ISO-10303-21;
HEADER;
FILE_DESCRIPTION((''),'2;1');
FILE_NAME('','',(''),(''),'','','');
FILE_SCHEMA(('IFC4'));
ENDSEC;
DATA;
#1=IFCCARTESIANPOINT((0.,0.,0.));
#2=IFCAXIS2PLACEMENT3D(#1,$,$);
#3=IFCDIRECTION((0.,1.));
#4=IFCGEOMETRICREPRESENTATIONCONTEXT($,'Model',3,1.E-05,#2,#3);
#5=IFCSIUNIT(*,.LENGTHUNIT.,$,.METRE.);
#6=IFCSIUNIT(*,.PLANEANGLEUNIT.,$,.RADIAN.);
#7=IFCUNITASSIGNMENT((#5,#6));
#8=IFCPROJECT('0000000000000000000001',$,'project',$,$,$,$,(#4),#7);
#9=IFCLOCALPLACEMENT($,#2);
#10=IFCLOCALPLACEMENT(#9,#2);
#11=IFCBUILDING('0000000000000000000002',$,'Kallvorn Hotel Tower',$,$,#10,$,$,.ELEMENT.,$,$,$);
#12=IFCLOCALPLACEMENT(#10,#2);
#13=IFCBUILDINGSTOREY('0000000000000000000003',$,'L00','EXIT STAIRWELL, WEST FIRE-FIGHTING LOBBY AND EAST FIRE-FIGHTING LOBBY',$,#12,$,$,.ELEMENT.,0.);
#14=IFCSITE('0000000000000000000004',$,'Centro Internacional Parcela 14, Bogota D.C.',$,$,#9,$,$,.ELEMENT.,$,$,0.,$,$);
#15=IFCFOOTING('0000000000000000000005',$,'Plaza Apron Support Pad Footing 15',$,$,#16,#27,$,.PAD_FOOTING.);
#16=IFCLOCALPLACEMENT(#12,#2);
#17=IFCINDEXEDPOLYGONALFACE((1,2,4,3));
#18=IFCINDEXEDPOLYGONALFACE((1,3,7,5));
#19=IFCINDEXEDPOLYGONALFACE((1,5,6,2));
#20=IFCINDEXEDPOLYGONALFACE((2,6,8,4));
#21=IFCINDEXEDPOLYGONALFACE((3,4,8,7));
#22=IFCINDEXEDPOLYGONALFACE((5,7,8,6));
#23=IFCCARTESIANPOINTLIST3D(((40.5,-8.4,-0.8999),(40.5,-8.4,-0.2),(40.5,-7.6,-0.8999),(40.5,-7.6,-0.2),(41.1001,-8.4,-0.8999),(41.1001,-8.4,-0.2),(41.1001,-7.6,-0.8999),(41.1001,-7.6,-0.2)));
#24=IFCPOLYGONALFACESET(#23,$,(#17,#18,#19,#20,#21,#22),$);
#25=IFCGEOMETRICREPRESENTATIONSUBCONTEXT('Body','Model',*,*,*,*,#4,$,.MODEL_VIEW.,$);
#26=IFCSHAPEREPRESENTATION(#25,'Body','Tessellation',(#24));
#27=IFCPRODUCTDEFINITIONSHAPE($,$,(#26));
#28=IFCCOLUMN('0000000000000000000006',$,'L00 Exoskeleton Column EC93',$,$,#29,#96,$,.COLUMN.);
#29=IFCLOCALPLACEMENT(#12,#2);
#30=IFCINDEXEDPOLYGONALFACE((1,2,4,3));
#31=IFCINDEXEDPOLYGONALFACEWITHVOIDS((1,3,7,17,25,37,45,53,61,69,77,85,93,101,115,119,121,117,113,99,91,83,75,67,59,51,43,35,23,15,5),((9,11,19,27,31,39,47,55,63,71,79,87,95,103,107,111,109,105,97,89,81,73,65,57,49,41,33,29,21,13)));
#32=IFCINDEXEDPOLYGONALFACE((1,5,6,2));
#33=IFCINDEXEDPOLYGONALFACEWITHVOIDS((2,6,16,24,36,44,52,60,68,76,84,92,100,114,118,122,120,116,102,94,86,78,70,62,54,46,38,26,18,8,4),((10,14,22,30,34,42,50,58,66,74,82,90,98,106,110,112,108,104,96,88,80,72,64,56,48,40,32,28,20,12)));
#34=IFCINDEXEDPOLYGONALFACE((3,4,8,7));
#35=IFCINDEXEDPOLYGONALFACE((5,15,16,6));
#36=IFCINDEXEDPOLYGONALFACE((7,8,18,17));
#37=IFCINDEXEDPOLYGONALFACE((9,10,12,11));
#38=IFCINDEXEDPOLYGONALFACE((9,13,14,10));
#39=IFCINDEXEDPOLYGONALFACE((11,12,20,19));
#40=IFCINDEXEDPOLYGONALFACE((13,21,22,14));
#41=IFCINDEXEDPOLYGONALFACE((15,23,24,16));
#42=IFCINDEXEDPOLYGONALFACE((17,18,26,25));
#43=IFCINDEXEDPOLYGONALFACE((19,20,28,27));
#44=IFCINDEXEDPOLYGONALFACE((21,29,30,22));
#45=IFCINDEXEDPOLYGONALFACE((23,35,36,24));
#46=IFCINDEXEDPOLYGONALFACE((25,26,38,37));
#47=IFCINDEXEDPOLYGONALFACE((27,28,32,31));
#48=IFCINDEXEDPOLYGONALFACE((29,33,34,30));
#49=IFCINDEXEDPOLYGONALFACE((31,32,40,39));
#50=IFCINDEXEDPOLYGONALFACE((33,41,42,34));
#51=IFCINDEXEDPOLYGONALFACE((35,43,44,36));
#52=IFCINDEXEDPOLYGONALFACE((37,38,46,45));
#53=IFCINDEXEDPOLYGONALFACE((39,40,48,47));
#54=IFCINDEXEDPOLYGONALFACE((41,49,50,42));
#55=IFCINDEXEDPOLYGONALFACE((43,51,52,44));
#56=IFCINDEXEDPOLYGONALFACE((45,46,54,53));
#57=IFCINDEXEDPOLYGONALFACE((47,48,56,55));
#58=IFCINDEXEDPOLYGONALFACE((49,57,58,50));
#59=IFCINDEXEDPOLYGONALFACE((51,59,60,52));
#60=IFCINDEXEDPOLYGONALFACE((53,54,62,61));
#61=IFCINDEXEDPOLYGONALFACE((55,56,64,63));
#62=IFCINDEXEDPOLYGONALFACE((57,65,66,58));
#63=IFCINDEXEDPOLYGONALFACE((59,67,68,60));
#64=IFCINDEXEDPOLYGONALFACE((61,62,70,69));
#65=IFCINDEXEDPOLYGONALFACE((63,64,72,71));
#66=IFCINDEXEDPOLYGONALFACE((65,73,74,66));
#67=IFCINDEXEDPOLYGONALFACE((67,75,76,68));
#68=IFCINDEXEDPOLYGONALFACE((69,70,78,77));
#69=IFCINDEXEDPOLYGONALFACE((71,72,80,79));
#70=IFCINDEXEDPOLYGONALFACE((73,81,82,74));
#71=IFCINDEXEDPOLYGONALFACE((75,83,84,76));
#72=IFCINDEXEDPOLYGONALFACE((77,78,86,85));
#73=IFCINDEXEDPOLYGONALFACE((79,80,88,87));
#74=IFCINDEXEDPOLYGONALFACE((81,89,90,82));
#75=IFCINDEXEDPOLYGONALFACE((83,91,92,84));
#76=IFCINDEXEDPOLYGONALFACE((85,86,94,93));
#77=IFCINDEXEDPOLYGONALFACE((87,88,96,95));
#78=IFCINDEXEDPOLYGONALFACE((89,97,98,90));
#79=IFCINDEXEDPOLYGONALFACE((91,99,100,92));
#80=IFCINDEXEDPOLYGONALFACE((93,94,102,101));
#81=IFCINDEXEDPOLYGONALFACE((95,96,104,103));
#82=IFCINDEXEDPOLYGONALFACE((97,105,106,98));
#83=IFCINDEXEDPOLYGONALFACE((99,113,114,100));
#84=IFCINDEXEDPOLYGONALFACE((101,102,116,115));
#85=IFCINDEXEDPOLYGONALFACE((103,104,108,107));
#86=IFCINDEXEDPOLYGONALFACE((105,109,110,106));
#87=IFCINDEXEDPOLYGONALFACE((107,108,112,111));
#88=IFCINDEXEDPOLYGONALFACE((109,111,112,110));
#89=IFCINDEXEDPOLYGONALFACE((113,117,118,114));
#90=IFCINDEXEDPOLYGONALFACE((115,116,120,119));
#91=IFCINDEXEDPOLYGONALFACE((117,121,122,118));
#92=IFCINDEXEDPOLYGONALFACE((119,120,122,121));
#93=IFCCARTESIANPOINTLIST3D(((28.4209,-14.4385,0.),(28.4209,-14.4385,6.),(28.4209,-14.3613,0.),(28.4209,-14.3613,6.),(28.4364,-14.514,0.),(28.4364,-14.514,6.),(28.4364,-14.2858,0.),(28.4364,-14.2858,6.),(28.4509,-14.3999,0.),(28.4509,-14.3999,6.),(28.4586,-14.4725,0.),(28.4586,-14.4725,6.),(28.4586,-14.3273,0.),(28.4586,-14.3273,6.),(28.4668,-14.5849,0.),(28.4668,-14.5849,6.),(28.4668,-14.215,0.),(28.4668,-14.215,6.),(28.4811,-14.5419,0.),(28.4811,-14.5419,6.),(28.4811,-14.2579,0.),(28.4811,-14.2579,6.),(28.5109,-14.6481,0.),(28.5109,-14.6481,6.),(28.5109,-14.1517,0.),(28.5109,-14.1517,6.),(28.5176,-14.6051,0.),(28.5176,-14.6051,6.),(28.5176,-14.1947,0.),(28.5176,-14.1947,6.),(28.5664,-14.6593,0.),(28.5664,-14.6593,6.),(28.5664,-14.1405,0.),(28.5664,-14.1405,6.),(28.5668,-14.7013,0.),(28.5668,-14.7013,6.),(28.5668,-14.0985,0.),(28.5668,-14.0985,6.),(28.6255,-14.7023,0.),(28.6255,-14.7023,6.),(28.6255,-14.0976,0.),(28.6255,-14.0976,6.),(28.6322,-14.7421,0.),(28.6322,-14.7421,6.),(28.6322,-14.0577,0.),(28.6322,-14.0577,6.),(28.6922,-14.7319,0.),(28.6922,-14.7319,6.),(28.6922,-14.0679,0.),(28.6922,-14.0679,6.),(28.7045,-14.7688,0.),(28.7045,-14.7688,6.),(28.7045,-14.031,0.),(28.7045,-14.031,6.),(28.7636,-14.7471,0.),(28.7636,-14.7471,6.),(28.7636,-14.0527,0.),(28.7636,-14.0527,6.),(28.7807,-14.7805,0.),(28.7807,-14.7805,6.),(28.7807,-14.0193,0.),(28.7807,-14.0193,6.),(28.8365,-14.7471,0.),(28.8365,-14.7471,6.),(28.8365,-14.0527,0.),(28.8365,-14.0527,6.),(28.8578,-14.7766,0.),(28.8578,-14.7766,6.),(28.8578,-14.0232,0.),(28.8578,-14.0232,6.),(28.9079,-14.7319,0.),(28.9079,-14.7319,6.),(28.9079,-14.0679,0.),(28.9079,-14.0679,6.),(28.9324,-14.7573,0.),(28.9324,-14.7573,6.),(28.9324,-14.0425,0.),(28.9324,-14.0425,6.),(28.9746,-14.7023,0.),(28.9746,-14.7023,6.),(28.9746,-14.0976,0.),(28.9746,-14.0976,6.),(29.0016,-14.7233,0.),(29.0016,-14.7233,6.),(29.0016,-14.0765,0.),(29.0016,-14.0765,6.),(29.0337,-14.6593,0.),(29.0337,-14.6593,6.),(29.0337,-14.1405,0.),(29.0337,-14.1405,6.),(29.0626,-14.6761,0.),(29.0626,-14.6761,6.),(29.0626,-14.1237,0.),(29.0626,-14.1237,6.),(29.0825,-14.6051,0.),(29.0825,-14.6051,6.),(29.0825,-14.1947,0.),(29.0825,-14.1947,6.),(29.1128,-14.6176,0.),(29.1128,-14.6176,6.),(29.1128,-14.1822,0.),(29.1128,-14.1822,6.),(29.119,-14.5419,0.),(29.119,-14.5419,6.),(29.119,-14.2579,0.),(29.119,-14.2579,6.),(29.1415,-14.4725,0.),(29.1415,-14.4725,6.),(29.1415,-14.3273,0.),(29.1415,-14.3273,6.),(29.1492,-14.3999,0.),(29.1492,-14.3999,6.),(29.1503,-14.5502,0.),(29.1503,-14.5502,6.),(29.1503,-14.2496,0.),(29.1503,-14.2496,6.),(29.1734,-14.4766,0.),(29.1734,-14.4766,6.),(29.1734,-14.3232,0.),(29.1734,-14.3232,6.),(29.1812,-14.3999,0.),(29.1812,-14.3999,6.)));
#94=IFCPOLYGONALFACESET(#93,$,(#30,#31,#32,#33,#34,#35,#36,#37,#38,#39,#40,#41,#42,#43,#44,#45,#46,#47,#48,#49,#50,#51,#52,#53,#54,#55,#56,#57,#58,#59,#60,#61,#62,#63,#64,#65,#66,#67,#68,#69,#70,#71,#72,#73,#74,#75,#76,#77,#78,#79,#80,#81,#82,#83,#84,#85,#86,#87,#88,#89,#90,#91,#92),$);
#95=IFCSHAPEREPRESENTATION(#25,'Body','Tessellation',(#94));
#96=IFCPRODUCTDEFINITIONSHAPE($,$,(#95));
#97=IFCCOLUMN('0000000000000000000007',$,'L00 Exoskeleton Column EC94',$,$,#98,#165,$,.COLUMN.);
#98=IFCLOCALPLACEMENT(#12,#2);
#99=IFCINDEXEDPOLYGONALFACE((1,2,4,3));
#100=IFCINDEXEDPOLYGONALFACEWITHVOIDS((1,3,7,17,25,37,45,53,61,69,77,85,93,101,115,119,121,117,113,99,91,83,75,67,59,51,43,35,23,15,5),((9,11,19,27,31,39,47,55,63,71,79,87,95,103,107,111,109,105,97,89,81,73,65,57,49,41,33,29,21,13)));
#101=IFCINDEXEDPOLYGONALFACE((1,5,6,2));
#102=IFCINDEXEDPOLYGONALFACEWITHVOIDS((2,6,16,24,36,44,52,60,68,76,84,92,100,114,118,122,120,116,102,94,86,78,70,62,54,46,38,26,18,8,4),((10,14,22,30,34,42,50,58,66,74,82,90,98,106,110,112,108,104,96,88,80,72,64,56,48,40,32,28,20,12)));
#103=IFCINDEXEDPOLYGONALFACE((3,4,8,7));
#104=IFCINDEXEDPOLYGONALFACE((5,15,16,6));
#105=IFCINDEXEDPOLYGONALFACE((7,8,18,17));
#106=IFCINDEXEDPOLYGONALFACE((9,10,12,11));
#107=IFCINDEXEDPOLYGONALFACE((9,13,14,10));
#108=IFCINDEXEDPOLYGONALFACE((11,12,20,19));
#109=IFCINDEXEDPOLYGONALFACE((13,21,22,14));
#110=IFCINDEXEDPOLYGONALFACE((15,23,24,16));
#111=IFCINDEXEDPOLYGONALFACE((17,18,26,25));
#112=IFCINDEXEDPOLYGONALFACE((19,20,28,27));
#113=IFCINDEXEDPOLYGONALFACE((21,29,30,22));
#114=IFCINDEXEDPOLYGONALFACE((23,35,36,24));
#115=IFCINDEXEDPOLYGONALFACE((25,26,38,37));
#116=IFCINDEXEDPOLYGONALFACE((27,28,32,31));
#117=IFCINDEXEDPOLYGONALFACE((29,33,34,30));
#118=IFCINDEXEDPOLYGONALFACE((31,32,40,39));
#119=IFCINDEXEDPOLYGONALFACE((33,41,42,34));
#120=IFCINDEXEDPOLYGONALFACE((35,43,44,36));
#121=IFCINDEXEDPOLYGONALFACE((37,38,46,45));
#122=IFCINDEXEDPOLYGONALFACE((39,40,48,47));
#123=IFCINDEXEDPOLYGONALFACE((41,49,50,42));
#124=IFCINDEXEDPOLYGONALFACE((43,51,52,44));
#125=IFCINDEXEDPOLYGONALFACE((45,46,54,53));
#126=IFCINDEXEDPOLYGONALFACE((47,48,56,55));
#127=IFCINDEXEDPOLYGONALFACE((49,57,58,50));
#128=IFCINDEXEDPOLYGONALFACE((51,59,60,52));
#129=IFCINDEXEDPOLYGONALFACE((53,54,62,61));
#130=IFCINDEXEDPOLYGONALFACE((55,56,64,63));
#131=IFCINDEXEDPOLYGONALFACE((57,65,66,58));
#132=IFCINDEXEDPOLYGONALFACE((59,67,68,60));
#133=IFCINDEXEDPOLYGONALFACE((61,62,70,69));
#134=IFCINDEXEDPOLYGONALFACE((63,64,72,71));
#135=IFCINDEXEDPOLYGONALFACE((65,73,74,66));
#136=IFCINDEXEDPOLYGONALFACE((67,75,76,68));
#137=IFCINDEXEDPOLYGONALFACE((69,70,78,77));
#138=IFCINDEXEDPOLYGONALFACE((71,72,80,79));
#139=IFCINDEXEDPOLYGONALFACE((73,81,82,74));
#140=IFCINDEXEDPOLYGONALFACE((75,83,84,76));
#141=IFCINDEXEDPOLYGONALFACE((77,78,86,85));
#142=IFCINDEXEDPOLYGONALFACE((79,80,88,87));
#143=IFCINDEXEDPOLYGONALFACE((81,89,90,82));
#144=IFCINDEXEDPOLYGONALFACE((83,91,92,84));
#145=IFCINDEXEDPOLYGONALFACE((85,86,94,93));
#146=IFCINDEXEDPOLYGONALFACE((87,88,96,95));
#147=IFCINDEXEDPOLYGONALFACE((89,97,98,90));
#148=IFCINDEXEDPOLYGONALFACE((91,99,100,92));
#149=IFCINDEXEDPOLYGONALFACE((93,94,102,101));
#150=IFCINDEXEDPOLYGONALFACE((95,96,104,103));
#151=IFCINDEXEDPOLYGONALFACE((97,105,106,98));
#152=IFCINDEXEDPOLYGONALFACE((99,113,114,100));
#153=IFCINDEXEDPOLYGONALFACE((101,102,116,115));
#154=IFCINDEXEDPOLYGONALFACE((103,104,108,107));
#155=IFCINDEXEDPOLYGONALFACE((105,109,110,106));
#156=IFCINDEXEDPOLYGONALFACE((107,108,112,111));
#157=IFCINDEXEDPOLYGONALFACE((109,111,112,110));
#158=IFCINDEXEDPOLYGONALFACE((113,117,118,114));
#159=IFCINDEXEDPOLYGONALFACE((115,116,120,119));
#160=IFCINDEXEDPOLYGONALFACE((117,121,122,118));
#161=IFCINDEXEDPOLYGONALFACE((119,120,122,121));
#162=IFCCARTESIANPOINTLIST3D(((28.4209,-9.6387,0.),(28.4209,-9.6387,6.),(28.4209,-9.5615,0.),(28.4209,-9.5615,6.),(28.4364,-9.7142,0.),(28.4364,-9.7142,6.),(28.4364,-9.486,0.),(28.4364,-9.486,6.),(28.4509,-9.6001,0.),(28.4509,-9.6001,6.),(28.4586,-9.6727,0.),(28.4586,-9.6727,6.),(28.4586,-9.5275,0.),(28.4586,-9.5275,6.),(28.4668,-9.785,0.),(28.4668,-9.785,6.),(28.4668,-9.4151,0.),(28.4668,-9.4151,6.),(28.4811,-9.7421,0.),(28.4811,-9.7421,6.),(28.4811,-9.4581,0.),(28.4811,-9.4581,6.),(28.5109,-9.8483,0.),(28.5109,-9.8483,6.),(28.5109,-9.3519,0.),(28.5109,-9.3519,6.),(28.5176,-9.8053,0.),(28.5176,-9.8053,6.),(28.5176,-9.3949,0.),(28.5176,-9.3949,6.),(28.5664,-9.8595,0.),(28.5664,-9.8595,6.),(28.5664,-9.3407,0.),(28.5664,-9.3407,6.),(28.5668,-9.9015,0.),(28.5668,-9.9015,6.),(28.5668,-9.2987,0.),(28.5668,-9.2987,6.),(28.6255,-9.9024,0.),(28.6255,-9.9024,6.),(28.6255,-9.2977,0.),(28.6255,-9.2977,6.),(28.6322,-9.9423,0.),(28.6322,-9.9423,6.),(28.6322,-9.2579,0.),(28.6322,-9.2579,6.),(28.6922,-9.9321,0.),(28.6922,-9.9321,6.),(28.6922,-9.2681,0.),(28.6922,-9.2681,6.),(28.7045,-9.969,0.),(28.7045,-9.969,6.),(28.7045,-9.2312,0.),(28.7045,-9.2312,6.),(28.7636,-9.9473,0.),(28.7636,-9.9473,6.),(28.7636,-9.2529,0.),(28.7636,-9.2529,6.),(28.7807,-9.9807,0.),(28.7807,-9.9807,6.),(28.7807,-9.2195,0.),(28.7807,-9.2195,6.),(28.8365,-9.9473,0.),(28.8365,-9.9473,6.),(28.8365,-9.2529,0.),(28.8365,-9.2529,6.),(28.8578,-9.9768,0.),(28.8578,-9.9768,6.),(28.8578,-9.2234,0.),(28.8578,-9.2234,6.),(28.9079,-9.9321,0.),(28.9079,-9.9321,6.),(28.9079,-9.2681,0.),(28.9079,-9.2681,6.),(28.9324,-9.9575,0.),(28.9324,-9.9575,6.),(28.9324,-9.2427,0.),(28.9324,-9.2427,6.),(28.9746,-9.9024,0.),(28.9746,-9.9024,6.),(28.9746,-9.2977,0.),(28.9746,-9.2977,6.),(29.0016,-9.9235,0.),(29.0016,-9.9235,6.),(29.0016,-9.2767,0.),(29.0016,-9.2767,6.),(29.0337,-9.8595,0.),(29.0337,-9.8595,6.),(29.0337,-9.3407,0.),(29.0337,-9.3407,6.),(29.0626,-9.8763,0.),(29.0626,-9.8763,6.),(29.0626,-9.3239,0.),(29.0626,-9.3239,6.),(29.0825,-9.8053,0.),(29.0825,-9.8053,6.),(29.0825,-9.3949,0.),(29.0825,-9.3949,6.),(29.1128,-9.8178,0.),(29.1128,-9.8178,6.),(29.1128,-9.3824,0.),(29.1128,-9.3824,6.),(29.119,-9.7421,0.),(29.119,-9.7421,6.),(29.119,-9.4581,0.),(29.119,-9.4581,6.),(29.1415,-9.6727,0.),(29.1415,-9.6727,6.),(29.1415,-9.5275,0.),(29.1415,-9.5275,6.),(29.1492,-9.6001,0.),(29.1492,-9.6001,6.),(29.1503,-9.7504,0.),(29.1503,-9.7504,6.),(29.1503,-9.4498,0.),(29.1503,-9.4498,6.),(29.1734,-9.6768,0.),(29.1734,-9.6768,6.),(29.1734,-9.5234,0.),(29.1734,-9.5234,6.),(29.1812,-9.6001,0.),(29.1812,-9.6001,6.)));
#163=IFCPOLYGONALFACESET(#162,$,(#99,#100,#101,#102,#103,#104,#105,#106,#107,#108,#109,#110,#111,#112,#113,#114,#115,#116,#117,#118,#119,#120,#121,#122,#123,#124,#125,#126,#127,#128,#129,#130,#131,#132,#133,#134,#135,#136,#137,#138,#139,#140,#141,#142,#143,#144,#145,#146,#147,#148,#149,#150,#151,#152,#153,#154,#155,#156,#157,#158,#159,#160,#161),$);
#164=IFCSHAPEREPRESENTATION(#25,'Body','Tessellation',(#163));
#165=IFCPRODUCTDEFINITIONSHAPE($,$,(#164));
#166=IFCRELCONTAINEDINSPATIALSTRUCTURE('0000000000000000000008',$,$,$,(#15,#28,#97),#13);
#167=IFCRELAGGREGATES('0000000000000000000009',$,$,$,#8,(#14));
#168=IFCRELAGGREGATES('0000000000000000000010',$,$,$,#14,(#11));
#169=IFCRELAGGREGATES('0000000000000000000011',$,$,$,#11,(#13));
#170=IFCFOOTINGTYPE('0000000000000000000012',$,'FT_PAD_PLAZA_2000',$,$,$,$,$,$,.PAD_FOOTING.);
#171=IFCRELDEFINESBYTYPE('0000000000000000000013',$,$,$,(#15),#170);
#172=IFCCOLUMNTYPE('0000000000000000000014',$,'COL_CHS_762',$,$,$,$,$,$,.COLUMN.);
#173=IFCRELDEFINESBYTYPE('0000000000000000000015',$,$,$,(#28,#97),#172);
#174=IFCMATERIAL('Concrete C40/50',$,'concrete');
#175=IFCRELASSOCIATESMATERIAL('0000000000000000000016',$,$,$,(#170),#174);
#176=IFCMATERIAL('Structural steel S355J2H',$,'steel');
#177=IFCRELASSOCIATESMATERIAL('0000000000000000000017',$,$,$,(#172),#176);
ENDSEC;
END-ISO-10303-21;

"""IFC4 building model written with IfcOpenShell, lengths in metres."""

from ifc_helpers import new_model, si_unit, direction, frame, origin, origin_2d, place, context, subcontext, project, spatial, rectangle, hollow_circle, extrude, material, material_profile, profile_set, type_object, element, save


model = new_model("IFC4")

# Units and contexts
model_context = context("Model", 3, precision=1e-05, world=origin(), true_north=direction((0.0, 1.0)))
body_context = subcontext(model_context, "Body", "Model", "MODEL_VIEW")
ifc_project = project(units=[si_unit("LENGTHUNIT", "METRE"), si_unit("PLANEANGLEUNIT", "RADIAN")], contexts=[model_context])

# Site, building, storey
site_placement = place(None, origin())
site = spatial("IfcSite", under=ifc_project, at=site_placement, Name="Centro Internacional Parcela 14, Bogota D.C.", CompositionType="ELEMENT", RefElevation=0.0)
building_placement = place(site_placement, origin())
building = spatial("IfcBuilding", under=site, at=building_placement, Name="Kallvorn Hotel Tower", CompositionType="ELEMENT")
storey_placement = place(building_placement, origin())
storey = spatial("IfcBuildingStorey", under=building, at=storey_placement, Name="L00", Description="EXIT STAIRWELL, WEST FIRE-FIGHTING LOBBY AND EAST FIRE-FIGHTING LOBBY", CompositionType="ELEMENT", Elevation=0.0)

# Footing
ifc_material_1 = material(Name="Concrete C40/50", Category="concrete")
footing_type = type_object("IfcFootingType", Name="FT_PAD_PLAZA_2000", PredefinedType="PAD_FOOTING", material=ifc_material_1)
footing_placement = place(storey_placement, frame((40.8, -8.0, -0.8999), z_axis=(0.0, 0.0, 1.0), x_axis=(1.0, 0.0, 0.0)))
element("IfcFooting", 1, at=footing_placement, inside=storey, type_object=footing_type, Name="Plaza Apron Support Pad Footing 15", PredefinedType="PAD_FOOTING", context=body_context, shape_type="SweptSolid", body=[
    extrude(rectangle(XDim=0.6001, YDim=0.8, at=origin_2d()), origin(), (0.0, 0.0, 1.0), 0.7),
])

# Columns
ifc_material_2 = material(Name="Structural steel S355J2H", Category="steel")
ifc_material_profile_1 = material_profile(ifc_material_2, hollow_circle(Radius=0.3811, WallThickness=0.032, at=origin_2d()), Name="CHS 762x32")
ifc_profile_set_1 = profile_set([ifc_material_profile_1], Name="Structural steel S355J2H")
column_type = type_object("IfcColumnType", Name="COL_CHS_762", PredefinedType="COLUMN", material=ifc_profile_set_1)
for number, where, z_axis, x_axis, name in (
    (2, (28.8, -14.3999, 0.0), (0.0, 0.0, 1.0), (1.0, 0.0, 0.0), "L00 Exoskeleton Column EC93"),
    (3, (28.8, -9.6001, 0.0), (0.0, 0.0, 1.0), (1.0, 0.0, 0.0), "L00 Exoskeleton Column EC94"),
):
    element("IfcColumn", number, at=place(storey_placement, frame(where, z_axis=z_axis, x_axis=x_axis)), inside=storey, type_object=column_type, Name=name, PredefinedType="COLUMN", context=body_context, shape_type="SweptSolid", body=[
        extrude(hollow_circle(Radius=0.3811, WallThickness=0.032, at=origin_2d()), origin(), (0.0, 0.0, 1.0), 6.0),
    ])

save(model, "model.ifc")
